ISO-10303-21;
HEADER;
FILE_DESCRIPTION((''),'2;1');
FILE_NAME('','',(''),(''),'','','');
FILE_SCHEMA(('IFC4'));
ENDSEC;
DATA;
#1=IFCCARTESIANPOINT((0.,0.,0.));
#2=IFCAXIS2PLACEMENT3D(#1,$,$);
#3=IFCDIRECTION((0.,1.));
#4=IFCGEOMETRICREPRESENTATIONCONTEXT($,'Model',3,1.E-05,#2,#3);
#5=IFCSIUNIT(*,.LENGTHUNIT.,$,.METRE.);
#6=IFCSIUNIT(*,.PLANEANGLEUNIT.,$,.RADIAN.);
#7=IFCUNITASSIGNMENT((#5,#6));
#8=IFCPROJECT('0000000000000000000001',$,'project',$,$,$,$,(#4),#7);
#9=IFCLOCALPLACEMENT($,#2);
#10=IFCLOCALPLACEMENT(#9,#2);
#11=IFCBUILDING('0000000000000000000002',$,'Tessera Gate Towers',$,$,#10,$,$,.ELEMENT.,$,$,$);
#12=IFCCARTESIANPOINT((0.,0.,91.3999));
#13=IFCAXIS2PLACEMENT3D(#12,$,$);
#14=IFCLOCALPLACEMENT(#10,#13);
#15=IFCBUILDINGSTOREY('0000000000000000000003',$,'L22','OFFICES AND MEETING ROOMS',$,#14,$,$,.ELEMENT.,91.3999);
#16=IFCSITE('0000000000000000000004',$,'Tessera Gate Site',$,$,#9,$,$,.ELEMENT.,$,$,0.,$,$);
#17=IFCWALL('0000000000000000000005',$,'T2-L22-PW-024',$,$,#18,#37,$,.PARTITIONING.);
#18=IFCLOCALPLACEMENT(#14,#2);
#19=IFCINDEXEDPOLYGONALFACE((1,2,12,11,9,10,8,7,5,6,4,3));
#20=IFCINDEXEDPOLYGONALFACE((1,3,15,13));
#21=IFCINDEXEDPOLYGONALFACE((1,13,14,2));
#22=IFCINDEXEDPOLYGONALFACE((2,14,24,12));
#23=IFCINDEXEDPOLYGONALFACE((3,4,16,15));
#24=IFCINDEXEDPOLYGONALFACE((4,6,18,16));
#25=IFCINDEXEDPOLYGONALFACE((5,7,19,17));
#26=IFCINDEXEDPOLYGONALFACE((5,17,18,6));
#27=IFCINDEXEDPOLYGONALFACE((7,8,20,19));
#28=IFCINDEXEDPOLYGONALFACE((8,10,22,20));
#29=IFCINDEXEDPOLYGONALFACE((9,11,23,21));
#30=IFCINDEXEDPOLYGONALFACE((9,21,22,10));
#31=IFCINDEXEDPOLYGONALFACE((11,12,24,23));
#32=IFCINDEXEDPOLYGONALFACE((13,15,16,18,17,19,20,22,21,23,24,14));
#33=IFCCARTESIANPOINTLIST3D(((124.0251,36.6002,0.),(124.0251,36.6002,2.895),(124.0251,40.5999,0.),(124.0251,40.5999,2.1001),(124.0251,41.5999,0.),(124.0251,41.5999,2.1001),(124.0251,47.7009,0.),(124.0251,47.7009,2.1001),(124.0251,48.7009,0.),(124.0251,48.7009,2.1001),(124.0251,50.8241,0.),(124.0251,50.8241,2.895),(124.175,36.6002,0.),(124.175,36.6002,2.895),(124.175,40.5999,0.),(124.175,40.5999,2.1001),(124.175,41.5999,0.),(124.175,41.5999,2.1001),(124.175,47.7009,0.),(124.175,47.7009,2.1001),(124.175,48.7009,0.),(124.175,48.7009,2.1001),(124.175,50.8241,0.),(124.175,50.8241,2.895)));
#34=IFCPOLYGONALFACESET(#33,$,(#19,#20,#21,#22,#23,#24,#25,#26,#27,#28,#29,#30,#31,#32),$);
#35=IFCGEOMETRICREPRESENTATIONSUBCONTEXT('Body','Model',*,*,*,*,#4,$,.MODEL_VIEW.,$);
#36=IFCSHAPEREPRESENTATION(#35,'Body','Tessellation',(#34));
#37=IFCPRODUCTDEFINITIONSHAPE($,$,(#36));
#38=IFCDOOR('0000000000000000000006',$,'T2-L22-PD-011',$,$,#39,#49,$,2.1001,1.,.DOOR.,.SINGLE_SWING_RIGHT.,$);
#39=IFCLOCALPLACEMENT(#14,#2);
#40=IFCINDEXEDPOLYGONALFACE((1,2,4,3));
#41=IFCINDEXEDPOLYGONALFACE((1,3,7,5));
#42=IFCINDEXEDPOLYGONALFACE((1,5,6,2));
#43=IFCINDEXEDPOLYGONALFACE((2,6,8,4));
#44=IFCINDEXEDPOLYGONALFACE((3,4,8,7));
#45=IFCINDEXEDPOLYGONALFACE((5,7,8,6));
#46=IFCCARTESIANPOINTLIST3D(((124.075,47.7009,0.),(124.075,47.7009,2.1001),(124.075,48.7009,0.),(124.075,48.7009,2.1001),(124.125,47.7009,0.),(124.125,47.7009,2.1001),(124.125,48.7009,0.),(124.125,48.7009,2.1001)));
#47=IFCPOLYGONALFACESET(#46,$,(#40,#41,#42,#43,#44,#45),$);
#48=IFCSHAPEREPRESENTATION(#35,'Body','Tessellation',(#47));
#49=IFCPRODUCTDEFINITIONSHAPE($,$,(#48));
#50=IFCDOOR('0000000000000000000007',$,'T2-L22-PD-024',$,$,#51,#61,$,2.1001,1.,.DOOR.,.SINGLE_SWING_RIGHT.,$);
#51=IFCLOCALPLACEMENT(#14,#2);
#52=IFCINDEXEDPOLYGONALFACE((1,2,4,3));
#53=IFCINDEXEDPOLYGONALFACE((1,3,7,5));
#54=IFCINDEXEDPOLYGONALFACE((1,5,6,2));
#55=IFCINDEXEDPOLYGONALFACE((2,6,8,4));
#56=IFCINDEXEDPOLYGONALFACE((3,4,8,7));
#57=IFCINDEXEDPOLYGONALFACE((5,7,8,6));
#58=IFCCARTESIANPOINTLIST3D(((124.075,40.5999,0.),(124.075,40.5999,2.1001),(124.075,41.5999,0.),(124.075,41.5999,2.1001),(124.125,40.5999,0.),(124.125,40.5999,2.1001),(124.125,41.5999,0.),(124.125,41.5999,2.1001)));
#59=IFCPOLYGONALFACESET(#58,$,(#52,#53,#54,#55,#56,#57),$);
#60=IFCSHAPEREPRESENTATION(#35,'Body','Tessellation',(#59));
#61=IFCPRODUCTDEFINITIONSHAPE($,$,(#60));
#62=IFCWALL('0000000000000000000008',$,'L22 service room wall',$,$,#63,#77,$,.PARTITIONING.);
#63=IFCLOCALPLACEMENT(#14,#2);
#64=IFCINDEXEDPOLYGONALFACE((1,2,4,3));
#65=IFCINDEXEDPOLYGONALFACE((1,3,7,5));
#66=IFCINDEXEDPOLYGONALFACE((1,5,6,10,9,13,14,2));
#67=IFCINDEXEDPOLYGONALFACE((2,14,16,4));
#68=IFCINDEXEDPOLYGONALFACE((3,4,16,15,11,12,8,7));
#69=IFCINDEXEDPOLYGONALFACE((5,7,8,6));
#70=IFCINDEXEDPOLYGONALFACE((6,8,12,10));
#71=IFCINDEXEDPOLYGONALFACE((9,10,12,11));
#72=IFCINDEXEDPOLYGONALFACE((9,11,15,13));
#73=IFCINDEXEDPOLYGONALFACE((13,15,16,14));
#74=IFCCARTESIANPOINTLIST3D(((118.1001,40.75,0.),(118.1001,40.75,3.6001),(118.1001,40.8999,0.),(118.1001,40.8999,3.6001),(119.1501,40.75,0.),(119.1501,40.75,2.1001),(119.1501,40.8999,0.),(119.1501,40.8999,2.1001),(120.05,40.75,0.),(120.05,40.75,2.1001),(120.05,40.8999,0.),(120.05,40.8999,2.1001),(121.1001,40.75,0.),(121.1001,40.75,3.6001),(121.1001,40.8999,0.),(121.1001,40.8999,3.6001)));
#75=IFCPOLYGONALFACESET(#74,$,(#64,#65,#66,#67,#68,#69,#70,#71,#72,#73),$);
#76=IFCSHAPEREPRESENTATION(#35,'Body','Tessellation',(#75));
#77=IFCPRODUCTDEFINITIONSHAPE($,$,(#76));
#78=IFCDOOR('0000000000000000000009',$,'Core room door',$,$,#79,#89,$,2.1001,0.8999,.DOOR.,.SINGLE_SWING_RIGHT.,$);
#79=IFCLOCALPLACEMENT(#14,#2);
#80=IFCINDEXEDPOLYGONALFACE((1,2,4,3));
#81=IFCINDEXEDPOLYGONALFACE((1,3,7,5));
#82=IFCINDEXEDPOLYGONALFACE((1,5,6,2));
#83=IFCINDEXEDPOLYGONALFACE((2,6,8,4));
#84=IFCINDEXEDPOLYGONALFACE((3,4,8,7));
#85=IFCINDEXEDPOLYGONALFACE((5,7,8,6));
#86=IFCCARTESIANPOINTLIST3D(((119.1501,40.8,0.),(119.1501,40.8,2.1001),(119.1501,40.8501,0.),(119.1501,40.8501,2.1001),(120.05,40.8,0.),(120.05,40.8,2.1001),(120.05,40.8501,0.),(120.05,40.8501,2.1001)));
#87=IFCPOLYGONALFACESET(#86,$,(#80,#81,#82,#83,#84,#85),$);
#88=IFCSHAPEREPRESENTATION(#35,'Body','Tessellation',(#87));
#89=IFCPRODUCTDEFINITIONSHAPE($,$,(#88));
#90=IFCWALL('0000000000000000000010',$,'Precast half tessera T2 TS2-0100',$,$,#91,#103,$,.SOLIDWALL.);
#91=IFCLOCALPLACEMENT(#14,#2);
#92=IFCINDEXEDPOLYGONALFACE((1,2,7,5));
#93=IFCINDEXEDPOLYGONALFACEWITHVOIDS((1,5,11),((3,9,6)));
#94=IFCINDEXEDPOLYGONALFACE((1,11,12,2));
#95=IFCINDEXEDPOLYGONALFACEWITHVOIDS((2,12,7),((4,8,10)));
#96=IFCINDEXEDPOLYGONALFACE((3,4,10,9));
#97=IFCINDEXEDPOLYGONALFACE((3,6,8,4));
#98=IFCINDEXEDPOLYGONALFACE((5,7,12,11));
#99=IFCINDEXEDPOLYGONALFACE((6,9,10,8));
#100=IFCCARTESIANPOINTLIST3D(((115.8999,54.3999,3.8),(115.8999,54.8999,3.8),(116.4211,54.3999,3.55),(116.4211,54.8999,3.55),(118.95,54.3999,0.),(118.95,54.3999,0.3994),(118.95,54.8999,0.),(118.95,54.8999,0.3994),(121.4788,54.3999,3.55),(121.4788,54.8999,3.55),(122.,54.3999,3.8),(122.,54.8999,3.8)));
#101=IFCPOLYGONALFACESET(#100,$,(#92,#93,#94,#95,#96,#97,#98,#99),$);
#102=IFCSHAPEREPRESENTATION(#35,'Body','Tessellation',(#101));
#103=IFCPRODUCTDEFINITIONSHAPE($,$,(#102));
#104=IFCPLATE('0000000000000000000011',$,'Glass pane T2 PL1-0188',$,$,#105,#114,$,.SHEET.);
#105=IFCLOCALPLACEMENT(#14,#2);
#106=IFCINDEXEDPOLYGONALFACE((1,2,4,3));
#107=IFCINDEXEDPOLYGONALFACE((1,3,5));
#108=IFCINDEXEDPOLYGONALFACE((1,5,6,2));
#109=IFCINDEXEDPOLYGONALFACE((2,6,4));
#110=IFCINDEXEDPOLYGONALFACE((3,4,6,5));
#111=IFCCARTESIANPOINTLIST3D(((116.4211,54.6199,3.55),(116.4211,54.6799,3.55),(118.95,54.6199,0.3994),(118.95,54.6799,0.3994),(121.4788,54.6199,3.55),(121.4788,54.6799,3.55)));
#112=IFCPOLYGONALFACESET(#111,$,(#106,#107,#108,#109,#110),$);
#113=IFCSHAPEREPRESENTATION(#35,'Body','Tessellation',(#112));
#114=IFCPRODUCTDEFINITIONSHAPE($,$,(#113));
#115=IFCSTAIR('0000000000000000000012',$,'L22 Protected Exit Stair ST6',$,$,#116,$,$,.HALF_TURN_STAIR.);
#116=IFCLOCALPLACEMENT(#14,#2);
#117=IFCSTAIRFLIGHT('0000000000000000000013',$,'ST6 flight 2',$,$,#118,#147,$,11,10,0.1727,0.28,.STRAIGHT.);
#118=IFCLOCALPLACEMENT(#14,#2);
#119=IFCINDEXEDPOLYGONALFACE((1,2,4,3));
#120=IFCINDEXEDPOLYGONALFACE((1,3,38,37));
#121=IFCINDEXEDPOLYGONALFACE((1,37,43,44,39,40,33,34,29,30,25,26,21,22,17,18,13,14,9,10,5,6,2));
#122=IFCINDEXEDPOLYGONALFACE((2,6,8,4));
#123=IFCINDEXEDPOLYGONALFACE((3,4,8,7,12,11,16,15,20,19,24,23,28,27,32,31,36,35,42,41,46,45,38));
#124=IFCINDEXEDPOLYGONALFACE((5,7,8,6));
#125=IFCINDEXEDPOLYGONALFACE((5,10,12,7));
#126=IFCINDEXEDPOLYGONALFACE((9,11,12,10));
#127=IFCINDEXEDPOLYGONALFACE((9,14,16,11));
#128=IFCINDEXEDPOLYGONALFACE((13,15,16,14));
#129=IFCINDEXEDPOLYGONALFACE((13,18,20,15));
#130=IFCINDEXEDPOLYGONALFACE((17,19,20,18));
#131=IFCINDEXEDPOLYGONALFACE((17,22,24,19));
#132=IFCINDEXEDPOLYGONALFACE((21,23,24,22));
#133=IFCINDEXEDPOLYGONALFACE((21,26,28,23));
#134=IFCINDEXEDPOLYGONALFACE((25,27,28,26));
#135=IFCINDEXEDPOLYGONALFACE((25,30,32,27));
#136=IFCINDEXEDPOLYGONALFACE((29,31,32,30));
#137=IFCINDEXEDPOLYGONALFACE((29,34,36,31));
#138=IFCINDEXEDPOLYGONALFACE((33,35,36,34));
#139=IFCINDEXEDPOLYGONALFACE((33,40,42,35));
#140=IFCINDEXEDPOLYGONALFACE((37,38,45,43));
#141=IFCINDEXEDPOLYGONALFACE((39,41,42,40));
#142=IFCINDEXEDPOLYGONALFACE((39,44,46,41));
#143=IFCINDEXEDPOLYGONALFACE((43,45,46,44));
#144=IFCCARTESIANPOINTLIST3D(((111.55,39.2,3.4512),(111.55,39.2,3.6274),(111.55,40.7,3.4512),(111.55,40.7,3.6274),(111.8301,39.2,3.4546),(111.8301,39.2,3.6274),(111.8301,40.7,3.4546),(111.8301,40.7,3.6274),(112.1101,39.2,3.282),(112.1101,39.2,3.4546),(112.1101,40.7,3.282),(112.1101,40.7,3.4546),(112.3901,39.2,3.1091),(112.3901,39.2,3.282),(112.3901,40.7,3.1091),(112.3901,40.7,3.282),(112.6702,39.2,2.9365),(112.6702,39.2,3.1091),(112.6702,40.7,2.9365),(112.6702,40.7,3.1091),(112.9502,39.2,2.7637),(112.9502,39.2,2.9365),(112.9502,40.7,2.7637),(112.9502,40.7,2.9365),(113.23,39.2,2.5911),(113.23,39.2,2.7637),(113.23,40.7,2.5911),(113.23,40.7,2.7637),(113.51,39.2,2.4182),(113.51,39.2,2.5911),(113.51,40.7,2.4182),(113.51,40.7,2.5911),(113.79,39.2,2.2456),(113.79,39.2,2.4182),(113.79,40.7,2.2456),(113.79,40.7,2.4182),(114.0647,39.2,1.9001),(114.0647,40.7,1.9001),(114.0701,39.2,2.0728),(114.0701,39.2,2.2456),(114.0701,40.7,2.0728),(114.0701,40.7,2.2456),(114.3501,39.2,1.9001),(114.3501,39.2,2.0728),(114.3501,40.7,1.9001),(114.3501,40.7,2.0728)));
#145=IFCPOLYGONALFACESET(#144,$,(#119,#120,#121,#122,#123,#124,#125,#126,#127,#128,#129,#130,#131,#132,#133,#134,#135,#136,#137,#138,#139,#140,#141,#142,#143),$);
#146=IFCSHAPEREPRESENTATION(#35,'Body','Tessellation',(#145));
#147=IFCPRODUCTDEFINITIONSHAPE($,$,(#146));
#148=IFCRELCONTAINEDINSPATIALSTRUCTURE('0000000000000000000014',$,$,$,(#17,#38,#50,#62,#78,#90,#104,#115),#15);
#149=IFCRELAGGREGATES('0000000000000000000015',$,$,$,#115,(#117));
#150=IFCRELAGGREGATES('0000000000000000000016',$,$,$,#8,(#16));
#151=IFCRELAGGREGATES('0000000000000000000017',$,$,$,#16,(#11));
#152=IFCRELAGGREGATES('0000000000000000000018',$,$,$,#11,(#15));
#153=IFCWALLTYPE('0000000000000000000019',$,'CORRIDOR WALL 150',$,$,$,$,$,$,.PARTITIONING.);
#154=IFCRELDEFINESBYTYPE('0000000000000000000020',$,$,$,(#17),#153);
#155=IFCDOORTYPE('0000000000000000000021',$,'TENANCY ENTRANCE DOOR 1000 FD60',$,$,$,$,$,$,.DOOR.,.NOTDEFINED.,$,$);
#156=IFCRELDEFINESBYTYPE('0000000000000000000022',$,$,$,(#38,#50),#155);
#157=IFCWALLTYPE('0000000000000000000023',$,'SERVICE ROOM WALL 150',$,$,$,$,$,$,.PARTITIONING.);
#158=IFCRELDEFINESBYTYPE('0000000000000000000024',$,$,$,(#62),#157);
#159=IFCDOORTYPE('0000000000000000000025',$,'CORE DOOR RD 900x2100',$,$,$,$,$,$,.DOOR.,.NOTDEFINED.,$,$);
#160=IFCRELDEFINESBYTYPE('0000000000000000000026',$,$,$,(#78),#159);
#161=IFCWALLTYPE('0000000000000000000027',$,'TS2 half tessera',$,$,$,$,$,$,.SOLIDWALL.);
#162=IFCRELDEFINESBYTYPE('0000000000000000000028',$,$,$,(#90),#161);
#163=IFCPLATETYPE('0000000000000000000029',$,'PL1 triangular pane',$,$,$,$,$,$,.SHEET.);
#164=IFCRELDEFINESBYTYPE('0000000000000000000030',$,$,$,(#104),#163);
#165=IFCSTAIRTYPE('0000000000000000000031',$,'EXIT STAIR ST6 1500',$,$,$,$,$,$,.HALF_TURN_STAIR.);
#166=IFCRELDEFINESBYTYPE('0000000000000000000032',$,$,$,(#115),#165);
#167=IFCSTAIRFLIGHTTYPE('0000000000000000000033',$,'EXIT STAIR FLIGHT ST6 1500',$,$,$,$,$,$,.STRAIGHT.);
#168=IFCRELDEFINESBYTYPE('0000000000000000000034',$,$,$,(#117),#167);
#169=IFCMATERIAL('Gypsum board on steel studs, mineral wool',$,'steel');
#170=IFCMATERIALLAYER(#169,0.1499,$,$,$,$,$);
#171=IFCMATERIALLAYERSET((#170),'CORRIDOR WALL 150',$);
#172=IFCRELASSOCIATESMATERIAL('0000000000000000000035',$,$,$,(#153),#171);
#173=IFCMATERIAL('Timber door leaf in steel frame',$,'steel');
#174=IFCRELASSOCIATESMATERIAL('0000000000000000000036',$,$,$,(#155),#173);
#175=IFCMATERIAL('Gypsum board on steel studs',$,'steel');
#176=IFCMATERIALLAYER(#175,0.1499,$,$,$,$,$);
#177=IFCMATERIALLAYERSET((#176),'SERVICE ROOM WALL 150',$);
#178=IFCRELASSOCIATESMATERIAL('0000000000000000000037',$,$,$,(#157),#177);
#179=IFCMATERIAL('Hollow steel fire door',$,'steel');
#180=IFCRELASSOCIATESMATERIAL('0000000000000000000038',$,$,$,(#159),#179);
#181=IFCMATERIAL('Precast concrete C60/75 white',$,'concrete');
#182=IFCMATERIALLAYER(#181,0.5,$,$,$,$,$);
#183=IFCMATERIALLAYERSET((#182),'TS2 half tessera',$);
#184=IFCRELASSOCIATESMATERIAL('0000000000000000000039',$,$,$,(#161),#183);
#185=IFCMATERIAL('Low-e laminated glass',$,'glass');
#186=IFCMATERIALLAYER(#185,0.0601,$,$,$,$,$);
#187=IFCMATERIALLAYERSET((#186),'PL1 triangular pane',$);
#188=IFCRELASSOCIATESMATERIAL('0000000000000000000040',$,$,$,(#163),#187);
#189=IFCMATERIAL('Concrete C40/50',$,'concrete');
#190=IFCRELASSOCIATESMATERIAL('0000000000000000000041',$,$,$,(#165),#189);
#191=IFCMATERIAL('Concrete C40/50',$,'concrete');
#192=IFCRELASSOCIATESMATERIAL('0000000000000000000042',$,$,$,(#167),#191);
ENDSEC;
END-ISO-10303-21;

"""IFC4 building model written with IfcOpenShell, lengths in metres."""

from ifc_helpers import new_model, si_unit, direction, frame, frame_2d, origin, place, context, subcontext, project, spatial, polyline, rectangle, outline, extrude, source, transform, mapped, material, layer, layer_set, type_object, element, fill, aggregate, save


model = new_model("IFC4")

# Units and contexts
model_context = context("Model", 3, precision=1e-05, world=origin(), true_north=direction((0.0, 1.0)))
body_context = subcontext(model_context, "Body", "Model", "MODEL_VIEW")
ifc_project = project(units=[si_unit("LENGTHUNIT", "METRE"), si_unit("PLANEANGLEUNIT", "RADIAN")], contexts=[model_context])

# Site, building, storey
site_placement = place(None, origin())
site = spatial("IfcSite", under=ifc_project, at=site_placement, Name="Tessera Gate Site", CompositionType="ELEMENT", RefElevation=0.0)
building_placement = place(site_placement, origin())
building = spatial("IfcBuilding", under=site, at=building_placement, Name="Tessera Gate Towers", CompositionType="ELEMENT")
storey_placement = place(building_placement, frame((0.0, 0.0, 91.3999)))
storey = spatial("IfcBuildingStorey", under=building, at=storey_placement, Name="L22", Description="OFFICES AND MEETING ROOMS", CompositionType="ELEMENT", Elevation=91.3999)

# Wall, openings, doors
ifc_material_1 = material(Name="Gypsum board on steel studs, mineral wool", Category="steel")
ifc_layer_1 = layer(ifc_material_1, 0.1499)
ifc_layer_set_1 = layer_set([ifc_layer_1], Name="CORRIDOR WALL 150")
wall_type_1 = type_object("IfcWallType", Name="CORRIDOR WALL 150", PredefinedType="PARTITIONING", material=ifc_layer_set_1)
wall_1_placement = place(storey_placement, frame((124.1001, 50.824, 0.0), z_axis=(0.0, 0.0, 1.0), x_axis=(0.0, -1.0, 0.0)))
wall_1 = element("IfcWall", 1, at=wall_1_placement, inside=storey, type_object=wall_type_1, Name="T2-L22-PW-024", PredefinedType="PARTITIONING", context=body_context, shape_type="SweptSolid", body=[
    extrude(rectangle(XDim=14.2239, YDim=0.1499, at=frame_2d((7.1118, 0.0))), origin(), (0.0, 0.0, 1.0), 2.895),
])
shared_shape_1 = source(origin(), body_context, "Body", "SweptSolid", [
    extrude(rectangle(XDim=1.0, YDim=2.1001, at=frame_2d((0.5, 1.05))), frame((0.0, 0.085, 0.0), z_axis=(0.0, -1.0, 0.0), x_axis=(1.0, 0.0, 0.0)), (0.0, 0.0, 1.0), 0.1699),
])
opening_1_placement = place(wall_1_placement, frame((2.123, 0.0, 0.0)))
opening_1 = element("IfcOpeningElement", 2, at=opening_1_placement, cuts=wall_1, PredefinedType="OPENING", context=body_context, shape_type="MappedRepresentation", body=[
    mapped(shared_shape_1, transform((0.0, 0.0, 0.0), scale=1.0)),
])
opening_2_placement = place(wall_1_placement, frame((9.2241, 0.0, 0.0)))
opening_2 = element("IfcOpeningElement", 3, at=opening_2_placement, cuts=wall_1, PredefinedType="OPENING", context=body_context, shape_type="MappedRepresentation", body=[
    mapped(shared_shape_1, transform((0.0, 0.0, 0.0), scale=1.0)),
])
ifc_material_2 = material(Name="Timber door leaf in steel frame", Category="steel")
door_type_1 = type_object("IfcDoorType", Name="TENANCY ENTRANCE DOOR 1000 FD60", OperationType="NOTDEFINED", PredefinedType="DOOR", material=ifc_material_2)
shared_shape_2 = source(origin(), body_context, "Body", "SweptSolid", [
    extrude(rectangle(XDim=1.0, YDim=2.1001, at=frame_2d((0.5, 1.05))), frame((0.0, 0.0249, 0.0), z_axis=(0.0, -1.0, 0.0), x_axis=(1.0, 0.0, 0.0)), (0.0, 0.0, 1.0), 0.05),
])
door_1_placement = place(opening_1_placement, origin())
door_1 = element("IfcDoor", 4, at=door_1_placement, inside=storey, type_object=door_type_1, Name="T2-L22-PD-011", OperationType="SINGLE_SWING_RIGHT", OverallHeight=2.1001, OverallWidth=1.0, PredefinedType="DOOR", context=body_context, shape_type="MappedRepresentation", body=[
    mapped(shared_shape_2, transform((0.0, 0.0, 0.0), scale=1.0)),
])
fill(opening_1, door_1)
door_2_placement = place(opening_2_placement, origin())
door_2 = element("IfcDoor", 5, at=door_2_placement, inside=storey, type_object=door_type_1, Name="T2-L22-PD-024", OperationType="SINGLE_SWING_RIGHT", OverallHeight=2.1001, OverallWidth=1.0, PredefinedType="DOOR", context=body_context, shape_type="MappedRepresentation", body=[
    mapped(shared_shape_2, transform((0.0, 0.0, 0.0), scale=1.0)),
])
fill(opening_2, door_2)

# Wall, opening, door
ifc_material_3 = material(Name="Gypsum board on steel studs", Category="steel")
ifc_layer_2 = layer(ifc_material_3, 0.1499)
ifc_layer_set_2 = layer_set([ifc_layer_2], Name="SERVICE ROOM WALL 150")
wall_type_2 = type_object("IfcWallType", Name="SERVICE ROOM WALL 150", PredefinedType="PARTITIONING", material=ifc_layer_set_2)
wall_2_placement = place(storey_placement, frame((121.1001, 40.825, 0.0), z_axis=(0.0, 0.0, 1.0), x_axis=(-1.0, 0.0, 0.0)))
wall_2 = element("IfcWall", 6, at=wall_2_placement, inside=storey, type_object=wall_type_2, Name="L22 service room wall", PredefinedType="PARTITIONING", context=body_context, shape_type="SweptSolid", body=[
    extrude(rectangle(XDim=3.0, YDim=0.1499, at=frame_2d((1.5, 0.0))), origin(), (0.0, 0.0, 1.0), 3.6001),
])
shared_shape_3 = source(origin(), body_context, "Body", "SweptSolid", [
    extrude(rectangle(XDim=0.8999, YDim=2.1001, at=frame_2d((0.45, 1.05))), frame((0.0, 0.085, 0.0), z_axis=(0.0, -1.0, 0.0), x_axis=(1.0, 0.0, 0.0)), (0.0, 0.0, 1.0), 0.1699),
])
opening_3_placement = place(wall_2_placement, frame((1.05, 0.0, 0.0)))
opening_3 = element("IfcOpeningElement", 7, at=opening_3_placement, cuts=wall_2, PredefinedType="OPENING", context=body_context, shape_type="MappedRepresentation", body=[
    mapped(shared_shape_3, transform((0.0, 0.0, 0.0), scale=1.0)),
])
ifc_material_4 = material(Name="Hollow steel fire door", Category="steel")
door_type_2 = type_object("IfcDoorType", Name="CORE DOOR RD 900x2100", OperationType="NOTDEFINED", PredefinedType="DOOR", material=ifc_material_4)
shared_shape_4 = source(origin(), body_context, "Body", "SweptSolid", [
    extrude(rectangle(XDim=0.8999, YDim=2.1001, at=frame_2d((0.45, 1.05))), frame((0.0, 0.0249, 0.0), z_axis=(0.0, -1.0, 0.0), x_axis=(1.0, 0.0, 0.0)), (0.0, 0.0, 1.0), 0.05),
])
door_3_placement = place(opening_3_placement, origin())
door_3 = element("IfcDoor", 8, at=door_3_placement, inside=storey, type_object=door_type_2, Name="Core room door", OperationType="SINGLE_SWING_RIGHT", OverallHeight=2.1001, OverallWidth=0.8999, PredefinedType="DOOR", context=body_context, shape_type="MappedRepresentation", body=[
    mapped(shared_shape_4, transform((0.0, 0.0, 0.0), scale=1.0)),
])
fill(opening_3, door_3)

# Wall, opening, plate
ifc_material_5 = material(Name="Precast concrete C60/75 white", Category="concrete")
ifc_layer_3 = layer(ifc_material_5, 0.5)
ifc_layer_set_3 = layer_set([ifc_layer_3], Name="TS2 half tessera")
wall_type_3 = type_object("IfcWallType", Name="TS2 half tessera", PredefinedType="SOLIDWALL", material=ifc_layer_set_3)
shared_shape_5 = source(origin(), body_context, "Body", "SweptSolid", [
    extrude(outline(polyline([(3.05, 0.0), (6.1001, 3.8), (0.0, 3.8), (3.05, 0.0)])), frame((0.0, 0.25, 0.0), z_axis=(0.0, -1.0, 0.0), x_axis=(1.0, 0.0, 0.0)), (0.0, 0.0, 1.0), 0.5),
])
wall_3_placement = place(storey_placement, frame((122.0, 54.6499, 0.0), z_axis=(0.0, 0.0, 1.0), x_axis=(-1.0, 0.0, 0.0)))
wall_3 = element("IfcWall", 9, at=wall_3_placement, inside=storey, type_object=wall_type_3, Name="Precast half tessera T2 TS2-0100", PredefinedType="SOLIDWALL", context=body_context, shape_type="MappedRepresentation", body=[
    mapped(shared_shape_5, transform((0.0, 0.0, 0.0), scale=1.0)),
])
shared_shape_6 = source(origin(), body_context, "Body", "SweptSolid", [
    extrude(outline(polyline([(3.05, 0.3994), (5.5789, 3.55), (0.5212, 3.55), (3.05, 0.3994)])), frame((0.0, 0.26, 0.0), z_axis=(0.0, -1.0, 0.0), x_axis=(1.0, 0.0, 0.0)), (0.0, 0.0, 1.0), 0.52),
])
opening_4_placement = place(wall_3_placement, origin())
opening_4 = element("IfcOpeningElement", 10, at=opening_4_placement, cuts=wall_3, PredefinedType="OPENING", context=body_context, shape_type="MappedRepresentation", body=[
    mapped(shared_shape_6, transform((0.0, 0.0, 0.0), scale=1.0)),
])
ifc_material_6 = material(Name="Low-e laminated glass", Category="glass")
ifc_layer_4 = layer(ifc_material_6, 0.0601)
ifc_layer_set_4 = layer_set([ifc_layer_4], Name="PL1 triangular pane")
plate_type = type_object("IfcPlateType", Name="PL1 triangular pane", PredefinedType="SHEET", material=ifc_layer_set_4)
shared_shape_7 = source(origin(), body_context, "Body", "SweptSolid", [
    extrude(outline(polyline([(3.05, 0.3994), (5.5789, 3.55), (0.5212, 3.55), (3.05, 0.3994)])), frame((0.0, 0.03, 0.0), z_axis=(0.0, -1.0, 0.0), x_axis=(1.0, 0.0, 0.0)), (0.0, 0.0, 1.0), 0.0601),
])
plate_placement = place(opening_4_placement, origin())
plate = element("IfcPlate", 11, at=plate_placement, inside=storey, type_object=plate_type, Name="Glass pane T2 PL1-0188", PredefinedType="SHEET", context=body_context, shape_type="MappedRepresentation", body=[
    mapped(shared_shape_7, transform((0.0, 0.0, 0.0), scale=1.0)),
])
fill(opening_4, plate)

# Stair, stair flight
ifc_material_7 = material(Name="Concrete C40/50", Category="concrete")
stair_type = type_object("IfcStairType", Name="EXIT STAIR ST6 1500", PredefinedType="HALF_TURN_STAIR", material=ifc_material_7)
stair_placement = place(storey_placement, origin())
stair = element("IfcStair", 12, at=stair_placement, inside=storey, type_object=stair_type, Name="L22 Protected Exit Stair ST6", PredefinedType="HALF_TURN_STAIR")
ifc_material_8 = material(Name="Concrete C40/50", Category="concrete")
stair_flight_type = type_object("IfcStairFlightType", Name="EXIT STAIR FLIGHT ST6 1500", PredefinedType="STRAIGHT", material=ifc_material_8)
stair_flight_placement = place(storey_placement, frame((114.3501, 39.95, 1.9001), z_axis=(0.0, 0.0, 1.0), x_axis=(-1.0, 0.0, 0.0)))
stair_flight = element("IfcStairFlight", 13, at=stair_flight_placement, type_object=stair_flight_type, Name="ST6 flight 2", NumberOfRisers=11, NumberOfTreads=10, PredefinedType="STRAIGHT", RiserHeight=0.1727, TreadLength=0.28, context=body_context, shape_type="SweptSolid", body=[
    extrude(outline(polyline([(0.0, 0.0), (0.0, 0.1726), (0.28, 0.1726), (0.28, 0.3455), (0.5601, 0.3455), (0.5601, 0.5181), (0.8401, 0.5181), (0.8401, 0.6909), (1.1201, 0.6909), (1.1201, 0.8635), (1.3999, 0.8635), (1.3999, 1.0364), (1.6799, 1.0364), (1.6799, 1.209), (1.96, 1.209), (1.96, 1.3818), (2.24, 1.3818), (2.24, 1.5544), (2.52, 1.5544), (2.52, 1.7273), (2.8, 1.7273), (2.8, 1.8999), (2.8, 1.551), (0.2854, 0.0), (0.0, 0.0)])), frame((0.0, 0.75, 0.0), z_axis=(0.0, -1.0, 0.0), x_axis=(1.0, 0.0, 0.0)), (0.0, 0.0, 1.0), 1.5),
])
aggregate(stair, [stair_flight])

save(model, "model.ifc")
